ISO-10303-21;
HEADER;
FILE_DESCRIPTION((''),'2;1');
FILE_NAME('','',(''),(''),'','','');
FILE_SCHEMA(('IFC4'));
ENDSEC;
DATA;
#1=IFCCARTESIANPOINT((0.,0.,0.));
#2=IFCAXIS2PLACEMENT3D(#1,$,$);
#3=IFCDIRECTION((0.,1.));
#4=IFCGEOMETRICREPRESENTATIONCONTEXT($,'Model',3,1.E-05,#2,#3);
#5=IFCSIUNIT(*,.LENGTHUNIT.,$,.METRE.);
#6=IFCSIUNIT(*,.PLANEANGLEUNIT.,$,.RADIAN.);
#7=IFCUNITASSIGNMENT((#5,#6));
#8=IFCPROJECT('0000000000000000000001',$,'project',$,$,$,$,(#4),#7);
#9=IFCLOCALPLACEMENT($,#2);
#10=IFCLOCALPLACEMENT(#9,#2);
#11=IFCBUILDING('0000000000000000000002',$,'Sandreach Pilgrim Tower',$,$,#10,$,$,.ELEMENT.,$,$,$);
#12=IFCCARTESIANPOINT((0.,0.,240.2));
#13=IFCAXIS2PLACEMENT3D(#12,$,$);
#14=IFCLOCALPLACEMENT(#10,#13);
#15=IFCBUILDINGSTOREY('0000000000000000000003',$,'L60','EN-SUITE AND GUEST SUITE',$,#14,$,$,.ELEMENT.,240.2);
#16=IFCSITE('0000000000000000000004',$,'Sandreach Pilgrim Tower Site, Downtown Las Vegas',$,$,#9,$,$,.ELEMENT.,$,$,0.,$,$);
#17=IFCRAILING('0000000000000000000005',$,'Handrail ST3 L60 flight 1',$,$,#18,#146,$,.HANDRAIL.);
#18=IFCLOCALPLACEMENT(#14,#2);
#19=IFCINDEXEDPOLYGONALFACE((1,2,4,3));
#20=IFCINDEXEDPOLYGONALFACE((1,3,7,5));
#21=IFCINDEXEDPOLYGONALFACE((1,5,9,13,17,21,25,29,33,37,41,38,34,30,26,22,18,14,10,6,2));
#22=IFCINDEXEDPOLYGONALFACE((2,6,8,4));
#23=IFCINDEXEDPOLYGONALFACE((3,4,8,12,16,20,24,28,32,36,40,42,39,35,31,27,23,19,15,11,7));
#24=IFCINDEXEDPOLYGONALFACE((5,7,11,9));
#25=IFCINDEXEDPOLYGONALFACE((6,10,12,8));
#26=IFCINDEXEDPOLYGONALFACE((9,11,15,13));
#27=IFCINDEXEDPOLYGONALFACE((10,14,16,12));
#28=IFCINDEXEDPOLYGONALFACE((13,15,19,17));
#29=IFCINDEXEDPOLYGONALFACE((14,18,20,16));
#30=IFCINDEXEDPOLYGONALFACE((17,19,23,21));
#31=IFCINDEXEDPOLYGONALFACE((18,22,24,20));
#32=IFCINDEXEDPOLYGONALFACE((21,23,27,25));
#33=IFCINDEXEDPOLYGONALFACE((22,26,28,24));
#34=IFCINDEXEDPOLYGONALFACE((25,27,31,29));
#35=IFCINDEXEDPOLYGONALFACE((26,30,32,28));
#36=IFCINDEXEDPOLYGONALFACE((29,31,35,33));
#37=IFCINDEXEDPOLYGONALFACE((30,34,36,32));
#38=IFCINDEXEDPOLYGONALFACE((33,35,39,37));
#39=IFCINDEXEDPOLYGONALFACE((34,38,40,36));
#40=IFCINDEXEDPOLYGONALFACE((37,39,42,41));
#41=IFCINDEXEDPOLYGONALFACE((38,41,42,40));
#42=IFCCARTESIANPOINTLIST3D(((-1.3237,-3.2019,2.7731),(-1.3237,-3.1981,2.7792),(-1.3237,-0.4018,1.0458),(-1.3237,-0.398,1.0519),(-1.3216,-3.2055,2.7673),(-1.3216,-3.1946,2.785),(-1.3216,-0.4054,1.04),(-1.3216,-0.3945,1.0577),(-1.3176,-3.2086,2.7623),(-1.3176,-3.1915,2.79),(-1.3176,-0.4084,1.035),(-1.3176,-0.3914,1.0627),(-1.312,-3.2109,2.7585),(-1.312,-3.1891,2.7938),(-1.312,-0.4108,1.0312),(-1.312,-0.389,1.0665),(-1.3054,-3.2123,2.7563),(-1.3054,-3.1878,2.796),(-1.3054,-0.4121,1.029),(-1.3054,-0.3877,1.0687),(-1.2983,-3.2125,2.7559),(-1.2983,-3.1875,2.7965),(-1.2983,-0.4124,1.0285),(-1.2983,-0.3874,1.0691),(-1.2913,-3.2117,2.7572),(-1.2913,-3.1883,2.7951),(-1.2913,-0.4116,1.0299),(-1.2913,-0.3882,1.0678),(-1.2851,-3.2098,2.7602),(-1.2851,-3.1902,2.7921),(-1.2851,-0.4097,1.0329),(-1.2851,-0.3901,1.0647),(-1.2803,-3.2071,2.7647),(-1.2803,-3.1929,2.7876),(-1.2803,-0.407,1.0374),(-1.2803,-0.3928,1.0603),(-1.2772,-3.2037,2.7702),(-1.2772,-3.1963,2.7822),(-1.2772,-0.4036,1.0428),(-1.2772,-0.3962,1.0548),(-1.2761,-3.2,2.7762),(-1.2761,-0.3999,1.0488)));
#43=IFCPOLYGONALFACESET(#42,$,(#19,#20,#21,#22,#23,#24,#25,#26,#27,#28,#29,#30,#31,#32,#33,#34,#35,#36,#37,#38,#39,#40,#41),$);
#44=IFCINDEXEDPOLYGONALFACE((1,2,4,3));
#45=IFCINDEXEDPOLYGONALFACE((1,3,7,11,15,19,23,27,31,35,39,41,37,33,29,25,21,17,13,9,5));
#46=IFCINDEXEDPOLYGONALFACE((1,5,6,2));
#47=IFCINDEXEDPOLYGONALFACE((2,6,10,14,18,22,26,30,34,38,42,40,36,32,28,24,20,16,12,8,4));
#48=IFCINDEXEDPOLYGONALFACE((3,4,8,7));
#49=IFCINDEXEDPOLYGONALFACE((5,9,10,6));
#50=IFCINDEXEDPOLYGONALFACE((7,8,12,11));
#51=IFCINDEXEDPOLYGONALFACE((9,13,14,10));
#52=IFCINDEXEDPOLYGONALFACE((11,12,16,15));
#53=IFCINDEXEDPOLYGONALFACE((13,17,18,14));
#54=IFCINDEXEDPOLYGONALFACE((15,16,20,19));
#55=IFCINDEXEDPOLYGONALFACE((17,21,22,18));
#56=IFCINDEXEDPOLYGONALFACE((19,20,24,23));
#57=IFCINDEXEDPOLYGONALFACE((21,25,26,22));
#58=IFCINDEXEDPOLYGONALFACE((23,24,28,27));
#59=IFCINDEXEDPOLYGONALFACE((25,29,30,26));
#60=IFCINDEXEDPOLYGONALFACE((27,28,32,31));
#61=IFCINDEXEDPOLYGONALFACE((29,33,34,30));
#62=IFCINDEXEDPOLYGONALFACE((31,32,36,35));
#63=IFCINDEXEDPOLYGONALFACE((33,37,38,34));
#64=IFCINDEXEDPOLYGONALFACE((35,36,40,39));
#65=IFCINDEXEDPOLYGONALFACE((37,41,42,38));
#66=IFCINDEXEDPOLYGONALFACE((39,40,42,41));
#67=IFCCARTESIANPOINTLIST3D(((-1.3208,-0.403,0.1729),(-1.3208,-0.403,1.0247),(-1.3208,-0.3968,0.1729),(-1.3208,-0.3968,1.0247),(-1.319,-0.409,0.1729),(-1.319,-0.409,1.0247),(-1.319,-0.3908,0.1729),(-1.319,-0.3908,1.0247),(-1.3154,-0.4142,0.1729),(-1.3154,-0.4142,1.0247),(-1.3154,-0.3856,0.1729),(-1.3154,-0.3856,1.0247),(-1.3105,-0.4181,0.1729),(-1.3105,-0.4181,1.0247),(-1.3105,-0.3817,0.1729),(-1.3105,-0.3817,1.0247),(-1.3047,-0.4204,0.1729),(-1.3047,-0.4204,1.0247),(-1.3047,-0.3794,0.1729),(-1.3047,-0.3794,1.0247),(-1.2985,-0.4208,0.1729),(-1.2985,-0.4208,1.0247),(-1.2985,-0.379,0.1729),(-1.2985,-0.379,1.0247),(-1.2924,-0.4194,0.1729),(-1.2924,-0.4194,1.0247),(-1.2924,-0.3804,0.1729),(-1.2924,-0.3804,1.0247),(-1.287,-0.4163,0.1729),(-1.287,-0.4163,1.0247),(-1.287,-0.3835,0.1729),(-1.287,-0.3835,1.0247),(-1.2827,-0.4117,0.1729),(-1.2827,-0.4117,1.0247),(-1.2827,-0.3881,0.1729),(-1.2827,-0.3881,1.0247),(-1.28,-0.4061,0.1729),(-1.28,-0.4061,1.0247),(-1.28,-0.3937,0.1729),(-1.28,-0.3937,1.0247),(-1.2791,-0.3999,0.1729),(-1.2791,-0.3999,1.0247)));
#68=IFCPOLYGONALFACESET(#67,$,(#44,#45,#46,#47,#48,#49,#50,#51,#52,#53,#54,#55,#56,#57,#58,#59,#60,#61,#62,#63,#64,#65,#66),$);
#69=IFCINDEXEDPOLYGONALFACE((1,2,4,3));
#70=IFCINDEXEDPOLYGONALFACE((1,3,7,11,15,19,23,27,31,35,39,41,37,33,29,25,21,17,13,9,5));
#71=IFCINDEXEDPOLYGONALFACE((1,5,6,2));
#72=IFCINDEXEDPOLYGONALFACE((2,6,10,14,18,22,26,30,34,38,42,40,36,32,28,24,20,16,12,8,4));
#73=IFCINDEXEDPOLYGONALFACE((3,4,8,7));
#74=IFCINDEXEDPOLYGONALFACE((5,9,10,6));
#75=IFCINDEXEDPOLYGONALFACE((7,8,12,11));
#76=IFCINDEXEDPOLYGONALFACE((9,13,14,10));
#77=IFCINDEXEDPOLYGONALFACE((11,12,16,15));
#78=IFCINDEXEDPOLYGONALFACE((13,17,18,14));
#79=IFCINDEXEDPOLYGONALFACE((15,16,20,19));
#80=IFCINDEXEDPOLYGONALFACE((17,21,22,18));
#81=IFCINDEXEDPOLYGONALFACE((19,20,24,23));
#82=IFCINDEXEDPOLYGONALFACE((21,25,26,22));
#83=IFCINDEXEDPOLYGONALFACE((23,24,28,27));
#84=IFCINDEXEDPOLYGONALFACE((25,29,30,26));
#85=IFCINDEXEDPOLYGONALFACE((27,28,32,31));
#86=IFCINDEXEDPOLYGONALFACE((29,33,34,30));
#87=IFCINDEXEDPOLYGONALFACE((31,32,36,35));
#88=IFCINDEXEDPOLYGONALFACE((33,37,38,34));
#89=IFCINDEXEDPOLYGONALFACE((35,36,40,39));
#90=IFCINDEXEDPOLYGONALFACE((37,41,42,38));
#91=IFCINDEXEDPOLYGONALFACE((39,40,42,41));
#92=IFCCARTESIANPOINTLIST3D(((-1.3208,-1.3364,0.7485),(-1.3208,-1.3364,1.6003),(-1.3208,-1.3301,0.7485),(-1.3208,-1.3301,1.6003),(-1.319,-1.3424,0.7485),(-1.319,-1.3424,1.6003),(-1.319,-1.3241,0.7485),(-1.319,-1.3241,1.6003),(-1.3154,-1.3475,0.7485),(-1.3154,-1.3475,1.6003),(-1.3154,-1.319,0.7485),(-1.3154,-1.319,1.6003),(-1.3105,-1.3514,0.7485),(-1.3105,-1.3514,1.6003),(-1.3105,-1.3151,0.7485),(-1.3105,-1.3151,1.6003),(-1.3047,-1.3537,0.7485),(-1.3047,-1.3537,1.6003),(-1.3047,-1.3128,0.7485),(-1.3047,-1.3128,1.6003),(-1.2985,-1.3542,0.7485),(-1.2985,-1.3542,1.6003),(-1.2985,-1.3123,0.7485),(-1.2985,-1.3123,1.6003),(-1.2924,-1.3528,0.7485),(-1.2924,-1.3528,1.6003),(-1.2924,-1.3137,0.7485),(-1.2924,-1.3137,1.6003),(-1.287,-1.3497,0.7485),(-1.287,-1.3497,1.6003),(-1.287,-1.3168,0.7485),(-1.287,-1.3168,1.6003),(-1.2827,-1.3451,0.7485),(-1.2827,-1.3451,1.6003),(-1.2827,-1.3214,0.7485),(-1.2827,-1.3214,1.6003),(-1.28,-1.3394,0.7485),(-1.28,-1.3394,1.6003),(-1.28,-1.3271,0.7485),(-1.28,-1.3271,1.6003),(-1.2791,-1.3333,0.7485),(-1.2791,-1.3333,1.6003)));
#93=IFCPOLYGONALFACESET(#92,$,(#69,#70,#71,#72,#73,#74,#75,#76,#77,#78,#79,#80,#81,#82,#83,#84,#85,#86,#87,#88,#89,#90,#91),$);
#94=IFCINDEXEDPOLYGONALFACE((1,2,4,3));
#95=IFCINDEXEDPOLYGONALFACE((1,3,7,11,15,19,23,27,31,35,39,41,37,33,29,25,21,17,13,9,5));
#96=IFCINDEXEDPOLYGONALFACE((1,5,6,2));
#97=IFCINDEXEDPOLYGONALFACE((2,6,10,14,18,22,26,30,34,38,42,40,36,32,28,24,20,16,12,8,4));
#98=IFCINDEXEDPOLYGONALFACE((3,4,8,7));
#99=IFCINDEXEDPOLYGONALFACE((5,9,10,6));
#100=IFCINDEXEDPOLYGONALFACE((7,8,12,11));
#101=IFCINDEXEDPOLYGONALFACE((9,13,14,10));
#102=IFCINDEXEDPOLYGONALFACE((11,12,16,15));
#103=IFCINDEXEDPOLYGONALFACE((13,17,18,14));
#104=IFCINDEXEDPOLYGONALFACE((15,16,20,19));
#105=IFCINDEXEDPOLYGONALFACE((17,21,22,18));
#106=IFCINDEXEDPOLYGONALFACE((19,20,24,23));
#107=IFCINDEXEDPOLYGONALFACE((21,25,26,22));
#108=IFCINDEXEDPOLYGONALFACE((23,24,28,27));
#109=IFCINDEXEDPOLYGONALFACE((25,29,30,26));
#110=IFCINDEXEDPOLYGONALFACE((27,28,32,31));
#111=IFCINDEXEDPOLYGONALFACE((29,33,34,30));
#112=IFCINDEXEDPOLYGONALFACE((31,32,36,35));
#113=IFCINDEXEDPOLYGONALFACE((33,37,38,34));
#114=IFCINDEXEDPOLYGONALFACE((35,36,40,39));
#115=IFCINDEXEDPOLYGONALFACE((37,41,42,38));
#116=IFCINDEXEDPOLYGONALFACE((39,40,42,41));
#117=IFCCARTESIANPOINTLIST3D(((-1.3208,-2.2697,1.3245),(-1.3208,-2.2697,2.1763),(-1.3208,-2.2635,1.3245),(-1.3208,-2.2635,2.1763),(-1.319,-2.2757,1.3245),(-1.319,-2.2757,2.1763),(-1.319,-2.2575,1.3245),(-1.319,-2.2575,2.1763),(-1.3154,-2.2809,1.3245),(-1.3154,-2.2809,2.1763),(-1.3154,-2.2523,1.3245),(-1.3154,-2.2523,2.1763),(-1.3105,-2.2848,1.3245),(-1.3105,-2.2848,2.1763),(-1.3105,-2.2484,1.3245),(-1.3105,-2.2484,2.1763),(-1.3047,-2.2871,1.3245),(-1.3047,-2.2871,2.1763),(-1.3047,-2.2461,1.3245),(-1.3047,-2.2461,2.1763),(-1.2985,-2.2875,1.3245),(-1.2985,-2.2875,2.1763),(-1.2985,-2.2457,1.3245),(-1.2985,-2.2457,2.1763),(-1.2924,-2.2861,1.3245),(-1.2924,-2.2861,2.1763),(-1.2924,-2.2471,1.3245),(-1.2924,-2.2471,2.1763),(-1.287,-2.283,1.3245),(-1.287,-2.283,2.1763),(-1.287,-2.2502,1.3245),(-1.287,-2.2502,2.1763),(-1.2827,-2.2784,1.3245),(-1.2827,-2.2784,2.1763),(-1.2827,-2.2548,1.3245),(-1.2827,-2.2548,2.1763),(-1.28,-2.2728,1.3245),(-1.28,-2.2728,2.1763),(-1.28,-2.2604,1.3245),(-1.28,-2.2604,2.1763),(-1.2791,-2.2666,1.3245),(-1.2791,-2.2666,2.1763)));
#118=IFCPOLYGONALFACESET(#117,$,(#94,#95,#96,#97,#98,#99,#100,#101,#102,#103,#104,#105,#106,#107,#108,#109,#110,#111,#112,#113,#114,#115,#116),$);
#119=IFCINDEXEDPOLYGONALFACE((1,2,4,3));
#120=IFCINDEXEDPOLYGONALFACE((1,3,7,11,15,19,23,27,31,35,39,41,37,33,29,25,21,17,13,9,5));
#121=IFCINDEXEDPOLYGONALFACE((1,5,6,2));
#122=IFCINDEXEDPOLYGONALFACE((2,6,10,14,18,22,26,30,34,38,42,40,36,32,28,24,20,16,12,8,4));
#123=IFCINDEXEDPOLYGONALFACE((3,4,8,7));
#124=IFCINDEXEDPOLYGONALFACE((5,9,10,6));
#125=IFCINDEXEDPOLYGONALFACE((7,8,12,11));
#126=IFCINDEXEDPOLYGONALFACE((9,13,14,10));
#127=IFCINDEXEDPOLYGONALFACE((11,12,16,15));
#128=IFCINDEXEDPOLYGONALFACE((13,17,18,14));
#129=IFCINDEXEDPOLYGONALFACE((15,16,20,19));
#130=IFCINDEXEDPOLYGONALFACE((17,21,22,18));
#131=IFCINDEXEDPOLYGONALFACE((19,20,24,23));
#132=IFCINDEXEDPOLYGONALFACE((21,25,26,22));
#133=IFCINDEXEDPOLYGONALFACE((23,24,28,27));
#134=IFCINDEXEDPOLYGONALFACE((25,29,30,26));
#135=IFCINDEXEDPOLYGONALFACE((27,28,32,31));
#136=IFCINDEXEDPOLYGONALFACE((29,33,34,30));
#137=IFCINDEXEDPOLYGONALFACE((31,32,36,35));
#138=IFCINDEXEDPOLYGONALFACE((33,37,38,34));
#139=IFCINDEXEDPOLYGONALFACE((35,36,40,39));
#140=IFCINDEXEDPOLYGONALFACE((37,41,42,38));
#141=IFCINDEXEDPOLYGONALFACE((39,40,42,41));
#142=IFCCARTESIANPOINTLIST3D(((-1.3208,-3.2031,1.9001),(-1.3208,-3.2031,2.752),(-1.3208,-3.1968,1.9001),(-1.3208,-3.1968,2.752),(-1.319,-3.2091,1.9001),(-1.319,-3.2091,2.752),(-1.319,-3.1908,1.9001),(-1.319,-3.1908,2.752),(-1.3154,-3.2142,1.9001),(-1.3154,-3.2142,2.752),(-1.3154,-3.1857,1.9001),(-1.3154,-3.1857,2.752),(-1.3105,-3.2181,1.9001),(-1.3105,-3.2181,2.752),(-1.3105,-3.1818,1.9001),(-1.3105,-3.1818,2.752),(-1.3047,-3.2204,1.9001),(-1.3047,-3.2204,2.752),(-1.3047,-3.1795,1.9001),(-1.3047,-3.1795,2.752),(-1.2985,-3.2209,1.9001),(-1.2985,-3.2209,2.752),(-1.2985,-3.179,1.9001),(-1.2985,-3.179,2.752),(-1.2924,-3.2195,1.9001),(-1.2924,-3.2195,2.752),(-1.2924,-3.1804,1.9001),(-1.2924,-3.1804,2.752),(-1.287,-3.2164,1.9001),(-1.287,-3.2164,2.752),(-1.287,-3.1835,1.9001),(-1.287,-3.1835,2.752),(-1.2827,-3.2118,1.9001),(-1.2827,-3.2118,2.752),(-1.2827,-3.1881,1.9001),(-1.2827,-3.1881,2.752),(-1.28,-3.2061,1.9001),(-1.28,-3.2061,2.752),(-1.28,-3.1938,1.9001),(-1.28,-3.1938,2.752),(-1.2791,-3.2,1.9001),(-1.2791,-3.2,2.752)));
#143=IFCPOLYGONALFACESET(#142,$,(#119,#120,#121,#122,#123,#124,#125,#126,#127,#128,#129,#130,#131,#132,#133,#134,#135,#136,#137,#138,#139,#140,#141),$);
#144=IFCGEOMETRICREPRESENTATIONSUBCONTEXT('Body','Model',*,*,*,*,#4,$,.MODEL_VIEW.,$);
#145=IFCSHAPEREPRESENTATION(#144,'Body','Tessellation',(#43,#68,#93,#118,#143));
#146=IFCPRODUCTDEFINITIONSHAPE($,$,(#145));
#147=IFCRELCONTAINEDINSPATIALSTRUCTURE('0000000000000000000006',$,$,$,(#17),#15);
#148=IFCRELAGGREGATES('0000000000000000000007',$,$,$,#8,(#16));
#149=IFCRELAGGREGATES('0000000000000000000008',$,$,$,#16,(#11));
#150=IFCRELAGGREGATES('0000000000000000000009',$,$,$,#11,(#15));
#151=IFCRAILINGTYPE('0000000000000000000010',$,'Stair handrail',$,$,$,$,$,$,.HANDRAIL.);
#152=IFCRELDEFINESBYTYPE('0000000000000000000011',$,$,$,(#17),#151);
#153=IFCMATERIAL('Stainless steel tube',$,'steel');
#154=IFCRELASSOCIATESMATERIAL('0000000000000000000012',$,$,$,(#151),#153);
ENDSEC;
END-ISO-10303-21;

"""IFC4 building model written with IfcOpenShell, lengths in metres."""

from ifc_helpers import new_model, si_unit, direction, frame, origin, origin_2d, place, context, subcontext, project, spatial, circle, extrude, material, type_object, element, save


model = new_model("IFC4")

# Units and contexts
model_context = context("Model", 3, precision=1e-05, world=origin(), true_north=direction((0.0, 1.0)))
body_context = subcontext(model_context, "Body", "Model", "MODEL_VIEW")
ifc_project = project(units=[si_unit("LENGTHUNIT", "METRE"), si_unit("PLANEANGLEUNIT", "RADIAN")], contexts=[model_context])

# Site, building, storey
site_placement = place(None, origin())
site = spatial("IfcSite", under=ifc_project, at=site_placement, Name="Sandreach Pilgrim Tower Site, Downtown Las Vegas", CompositionType="ELEMENT", RefElevation=0.0)
building_placement = place(site_placement, origin())
building = spatial("IfcBuilding", under=site, at=building_placement, Name="Sandreach Pilgrim Tower", CompositionType="ELEMENT")
storey_placement = place(building_placement, frame((0.0, 0.0, 240.2)))
storey = spatial("IfcBuildingStorey", under=building, at=storey_placement, Name="L60", Description="EN-SUITE AND GUEST SUITE", CompositionType="ELEMENT", Elevation=240.2)

# Railing
ifc_material_1 = material(Name="Stainless steel tube", Category="steel")
railing_type = type_object("IfcRailingType", Name="Stair handrail", PredefinedType="HANDRAIL", material=ifc_material_1)
for number, where, name in (
    (1, (-1.3, -0.3999, 0.1729), "Handrail ST3 L60 flight 1"),
):
    element("IfcRailing", number, at=place(storey_placement, frame(where)), inside=storey, type_object=railing_type, Name=name, PredefinedType="HANDRAIL", context=body_context, shape_type="SweptSolid", body=[
        extrude(circle(Radius=0.0239, at=origin_2d()), frame((0.0, 0.0, 0.876), z_axis=(0.0, -0.85109, 0.52502), x_axis=(1.0, 0.0, 0.0)), (0.0, 0.0, 1.0), 3.29),
        extrude(circle(Radius=0.021, at=origin_2d()), origin(), (0.0, 0.0, 1.0), 0.8518),
        extrude(circle(Radius=0.021, at=origin_2d()), frame((0.0, -0.9333, 0.5757)), (0.0, 0.0, 1.0), 0.8518),
        extrude(circle(Radius=0.021, at=origin_2d()), frame((0.0, -1.8667, 1.1516)), (0.0, 0.0, 1.0), 0.8518),
        extrude(circle(Radius=0.021, at=origin_2d()), frame((0.0, -2.8, 1.7273)), (0.0, 0.0, 1.0), 0.8518),
    ])

save(model, "model.ifc")
